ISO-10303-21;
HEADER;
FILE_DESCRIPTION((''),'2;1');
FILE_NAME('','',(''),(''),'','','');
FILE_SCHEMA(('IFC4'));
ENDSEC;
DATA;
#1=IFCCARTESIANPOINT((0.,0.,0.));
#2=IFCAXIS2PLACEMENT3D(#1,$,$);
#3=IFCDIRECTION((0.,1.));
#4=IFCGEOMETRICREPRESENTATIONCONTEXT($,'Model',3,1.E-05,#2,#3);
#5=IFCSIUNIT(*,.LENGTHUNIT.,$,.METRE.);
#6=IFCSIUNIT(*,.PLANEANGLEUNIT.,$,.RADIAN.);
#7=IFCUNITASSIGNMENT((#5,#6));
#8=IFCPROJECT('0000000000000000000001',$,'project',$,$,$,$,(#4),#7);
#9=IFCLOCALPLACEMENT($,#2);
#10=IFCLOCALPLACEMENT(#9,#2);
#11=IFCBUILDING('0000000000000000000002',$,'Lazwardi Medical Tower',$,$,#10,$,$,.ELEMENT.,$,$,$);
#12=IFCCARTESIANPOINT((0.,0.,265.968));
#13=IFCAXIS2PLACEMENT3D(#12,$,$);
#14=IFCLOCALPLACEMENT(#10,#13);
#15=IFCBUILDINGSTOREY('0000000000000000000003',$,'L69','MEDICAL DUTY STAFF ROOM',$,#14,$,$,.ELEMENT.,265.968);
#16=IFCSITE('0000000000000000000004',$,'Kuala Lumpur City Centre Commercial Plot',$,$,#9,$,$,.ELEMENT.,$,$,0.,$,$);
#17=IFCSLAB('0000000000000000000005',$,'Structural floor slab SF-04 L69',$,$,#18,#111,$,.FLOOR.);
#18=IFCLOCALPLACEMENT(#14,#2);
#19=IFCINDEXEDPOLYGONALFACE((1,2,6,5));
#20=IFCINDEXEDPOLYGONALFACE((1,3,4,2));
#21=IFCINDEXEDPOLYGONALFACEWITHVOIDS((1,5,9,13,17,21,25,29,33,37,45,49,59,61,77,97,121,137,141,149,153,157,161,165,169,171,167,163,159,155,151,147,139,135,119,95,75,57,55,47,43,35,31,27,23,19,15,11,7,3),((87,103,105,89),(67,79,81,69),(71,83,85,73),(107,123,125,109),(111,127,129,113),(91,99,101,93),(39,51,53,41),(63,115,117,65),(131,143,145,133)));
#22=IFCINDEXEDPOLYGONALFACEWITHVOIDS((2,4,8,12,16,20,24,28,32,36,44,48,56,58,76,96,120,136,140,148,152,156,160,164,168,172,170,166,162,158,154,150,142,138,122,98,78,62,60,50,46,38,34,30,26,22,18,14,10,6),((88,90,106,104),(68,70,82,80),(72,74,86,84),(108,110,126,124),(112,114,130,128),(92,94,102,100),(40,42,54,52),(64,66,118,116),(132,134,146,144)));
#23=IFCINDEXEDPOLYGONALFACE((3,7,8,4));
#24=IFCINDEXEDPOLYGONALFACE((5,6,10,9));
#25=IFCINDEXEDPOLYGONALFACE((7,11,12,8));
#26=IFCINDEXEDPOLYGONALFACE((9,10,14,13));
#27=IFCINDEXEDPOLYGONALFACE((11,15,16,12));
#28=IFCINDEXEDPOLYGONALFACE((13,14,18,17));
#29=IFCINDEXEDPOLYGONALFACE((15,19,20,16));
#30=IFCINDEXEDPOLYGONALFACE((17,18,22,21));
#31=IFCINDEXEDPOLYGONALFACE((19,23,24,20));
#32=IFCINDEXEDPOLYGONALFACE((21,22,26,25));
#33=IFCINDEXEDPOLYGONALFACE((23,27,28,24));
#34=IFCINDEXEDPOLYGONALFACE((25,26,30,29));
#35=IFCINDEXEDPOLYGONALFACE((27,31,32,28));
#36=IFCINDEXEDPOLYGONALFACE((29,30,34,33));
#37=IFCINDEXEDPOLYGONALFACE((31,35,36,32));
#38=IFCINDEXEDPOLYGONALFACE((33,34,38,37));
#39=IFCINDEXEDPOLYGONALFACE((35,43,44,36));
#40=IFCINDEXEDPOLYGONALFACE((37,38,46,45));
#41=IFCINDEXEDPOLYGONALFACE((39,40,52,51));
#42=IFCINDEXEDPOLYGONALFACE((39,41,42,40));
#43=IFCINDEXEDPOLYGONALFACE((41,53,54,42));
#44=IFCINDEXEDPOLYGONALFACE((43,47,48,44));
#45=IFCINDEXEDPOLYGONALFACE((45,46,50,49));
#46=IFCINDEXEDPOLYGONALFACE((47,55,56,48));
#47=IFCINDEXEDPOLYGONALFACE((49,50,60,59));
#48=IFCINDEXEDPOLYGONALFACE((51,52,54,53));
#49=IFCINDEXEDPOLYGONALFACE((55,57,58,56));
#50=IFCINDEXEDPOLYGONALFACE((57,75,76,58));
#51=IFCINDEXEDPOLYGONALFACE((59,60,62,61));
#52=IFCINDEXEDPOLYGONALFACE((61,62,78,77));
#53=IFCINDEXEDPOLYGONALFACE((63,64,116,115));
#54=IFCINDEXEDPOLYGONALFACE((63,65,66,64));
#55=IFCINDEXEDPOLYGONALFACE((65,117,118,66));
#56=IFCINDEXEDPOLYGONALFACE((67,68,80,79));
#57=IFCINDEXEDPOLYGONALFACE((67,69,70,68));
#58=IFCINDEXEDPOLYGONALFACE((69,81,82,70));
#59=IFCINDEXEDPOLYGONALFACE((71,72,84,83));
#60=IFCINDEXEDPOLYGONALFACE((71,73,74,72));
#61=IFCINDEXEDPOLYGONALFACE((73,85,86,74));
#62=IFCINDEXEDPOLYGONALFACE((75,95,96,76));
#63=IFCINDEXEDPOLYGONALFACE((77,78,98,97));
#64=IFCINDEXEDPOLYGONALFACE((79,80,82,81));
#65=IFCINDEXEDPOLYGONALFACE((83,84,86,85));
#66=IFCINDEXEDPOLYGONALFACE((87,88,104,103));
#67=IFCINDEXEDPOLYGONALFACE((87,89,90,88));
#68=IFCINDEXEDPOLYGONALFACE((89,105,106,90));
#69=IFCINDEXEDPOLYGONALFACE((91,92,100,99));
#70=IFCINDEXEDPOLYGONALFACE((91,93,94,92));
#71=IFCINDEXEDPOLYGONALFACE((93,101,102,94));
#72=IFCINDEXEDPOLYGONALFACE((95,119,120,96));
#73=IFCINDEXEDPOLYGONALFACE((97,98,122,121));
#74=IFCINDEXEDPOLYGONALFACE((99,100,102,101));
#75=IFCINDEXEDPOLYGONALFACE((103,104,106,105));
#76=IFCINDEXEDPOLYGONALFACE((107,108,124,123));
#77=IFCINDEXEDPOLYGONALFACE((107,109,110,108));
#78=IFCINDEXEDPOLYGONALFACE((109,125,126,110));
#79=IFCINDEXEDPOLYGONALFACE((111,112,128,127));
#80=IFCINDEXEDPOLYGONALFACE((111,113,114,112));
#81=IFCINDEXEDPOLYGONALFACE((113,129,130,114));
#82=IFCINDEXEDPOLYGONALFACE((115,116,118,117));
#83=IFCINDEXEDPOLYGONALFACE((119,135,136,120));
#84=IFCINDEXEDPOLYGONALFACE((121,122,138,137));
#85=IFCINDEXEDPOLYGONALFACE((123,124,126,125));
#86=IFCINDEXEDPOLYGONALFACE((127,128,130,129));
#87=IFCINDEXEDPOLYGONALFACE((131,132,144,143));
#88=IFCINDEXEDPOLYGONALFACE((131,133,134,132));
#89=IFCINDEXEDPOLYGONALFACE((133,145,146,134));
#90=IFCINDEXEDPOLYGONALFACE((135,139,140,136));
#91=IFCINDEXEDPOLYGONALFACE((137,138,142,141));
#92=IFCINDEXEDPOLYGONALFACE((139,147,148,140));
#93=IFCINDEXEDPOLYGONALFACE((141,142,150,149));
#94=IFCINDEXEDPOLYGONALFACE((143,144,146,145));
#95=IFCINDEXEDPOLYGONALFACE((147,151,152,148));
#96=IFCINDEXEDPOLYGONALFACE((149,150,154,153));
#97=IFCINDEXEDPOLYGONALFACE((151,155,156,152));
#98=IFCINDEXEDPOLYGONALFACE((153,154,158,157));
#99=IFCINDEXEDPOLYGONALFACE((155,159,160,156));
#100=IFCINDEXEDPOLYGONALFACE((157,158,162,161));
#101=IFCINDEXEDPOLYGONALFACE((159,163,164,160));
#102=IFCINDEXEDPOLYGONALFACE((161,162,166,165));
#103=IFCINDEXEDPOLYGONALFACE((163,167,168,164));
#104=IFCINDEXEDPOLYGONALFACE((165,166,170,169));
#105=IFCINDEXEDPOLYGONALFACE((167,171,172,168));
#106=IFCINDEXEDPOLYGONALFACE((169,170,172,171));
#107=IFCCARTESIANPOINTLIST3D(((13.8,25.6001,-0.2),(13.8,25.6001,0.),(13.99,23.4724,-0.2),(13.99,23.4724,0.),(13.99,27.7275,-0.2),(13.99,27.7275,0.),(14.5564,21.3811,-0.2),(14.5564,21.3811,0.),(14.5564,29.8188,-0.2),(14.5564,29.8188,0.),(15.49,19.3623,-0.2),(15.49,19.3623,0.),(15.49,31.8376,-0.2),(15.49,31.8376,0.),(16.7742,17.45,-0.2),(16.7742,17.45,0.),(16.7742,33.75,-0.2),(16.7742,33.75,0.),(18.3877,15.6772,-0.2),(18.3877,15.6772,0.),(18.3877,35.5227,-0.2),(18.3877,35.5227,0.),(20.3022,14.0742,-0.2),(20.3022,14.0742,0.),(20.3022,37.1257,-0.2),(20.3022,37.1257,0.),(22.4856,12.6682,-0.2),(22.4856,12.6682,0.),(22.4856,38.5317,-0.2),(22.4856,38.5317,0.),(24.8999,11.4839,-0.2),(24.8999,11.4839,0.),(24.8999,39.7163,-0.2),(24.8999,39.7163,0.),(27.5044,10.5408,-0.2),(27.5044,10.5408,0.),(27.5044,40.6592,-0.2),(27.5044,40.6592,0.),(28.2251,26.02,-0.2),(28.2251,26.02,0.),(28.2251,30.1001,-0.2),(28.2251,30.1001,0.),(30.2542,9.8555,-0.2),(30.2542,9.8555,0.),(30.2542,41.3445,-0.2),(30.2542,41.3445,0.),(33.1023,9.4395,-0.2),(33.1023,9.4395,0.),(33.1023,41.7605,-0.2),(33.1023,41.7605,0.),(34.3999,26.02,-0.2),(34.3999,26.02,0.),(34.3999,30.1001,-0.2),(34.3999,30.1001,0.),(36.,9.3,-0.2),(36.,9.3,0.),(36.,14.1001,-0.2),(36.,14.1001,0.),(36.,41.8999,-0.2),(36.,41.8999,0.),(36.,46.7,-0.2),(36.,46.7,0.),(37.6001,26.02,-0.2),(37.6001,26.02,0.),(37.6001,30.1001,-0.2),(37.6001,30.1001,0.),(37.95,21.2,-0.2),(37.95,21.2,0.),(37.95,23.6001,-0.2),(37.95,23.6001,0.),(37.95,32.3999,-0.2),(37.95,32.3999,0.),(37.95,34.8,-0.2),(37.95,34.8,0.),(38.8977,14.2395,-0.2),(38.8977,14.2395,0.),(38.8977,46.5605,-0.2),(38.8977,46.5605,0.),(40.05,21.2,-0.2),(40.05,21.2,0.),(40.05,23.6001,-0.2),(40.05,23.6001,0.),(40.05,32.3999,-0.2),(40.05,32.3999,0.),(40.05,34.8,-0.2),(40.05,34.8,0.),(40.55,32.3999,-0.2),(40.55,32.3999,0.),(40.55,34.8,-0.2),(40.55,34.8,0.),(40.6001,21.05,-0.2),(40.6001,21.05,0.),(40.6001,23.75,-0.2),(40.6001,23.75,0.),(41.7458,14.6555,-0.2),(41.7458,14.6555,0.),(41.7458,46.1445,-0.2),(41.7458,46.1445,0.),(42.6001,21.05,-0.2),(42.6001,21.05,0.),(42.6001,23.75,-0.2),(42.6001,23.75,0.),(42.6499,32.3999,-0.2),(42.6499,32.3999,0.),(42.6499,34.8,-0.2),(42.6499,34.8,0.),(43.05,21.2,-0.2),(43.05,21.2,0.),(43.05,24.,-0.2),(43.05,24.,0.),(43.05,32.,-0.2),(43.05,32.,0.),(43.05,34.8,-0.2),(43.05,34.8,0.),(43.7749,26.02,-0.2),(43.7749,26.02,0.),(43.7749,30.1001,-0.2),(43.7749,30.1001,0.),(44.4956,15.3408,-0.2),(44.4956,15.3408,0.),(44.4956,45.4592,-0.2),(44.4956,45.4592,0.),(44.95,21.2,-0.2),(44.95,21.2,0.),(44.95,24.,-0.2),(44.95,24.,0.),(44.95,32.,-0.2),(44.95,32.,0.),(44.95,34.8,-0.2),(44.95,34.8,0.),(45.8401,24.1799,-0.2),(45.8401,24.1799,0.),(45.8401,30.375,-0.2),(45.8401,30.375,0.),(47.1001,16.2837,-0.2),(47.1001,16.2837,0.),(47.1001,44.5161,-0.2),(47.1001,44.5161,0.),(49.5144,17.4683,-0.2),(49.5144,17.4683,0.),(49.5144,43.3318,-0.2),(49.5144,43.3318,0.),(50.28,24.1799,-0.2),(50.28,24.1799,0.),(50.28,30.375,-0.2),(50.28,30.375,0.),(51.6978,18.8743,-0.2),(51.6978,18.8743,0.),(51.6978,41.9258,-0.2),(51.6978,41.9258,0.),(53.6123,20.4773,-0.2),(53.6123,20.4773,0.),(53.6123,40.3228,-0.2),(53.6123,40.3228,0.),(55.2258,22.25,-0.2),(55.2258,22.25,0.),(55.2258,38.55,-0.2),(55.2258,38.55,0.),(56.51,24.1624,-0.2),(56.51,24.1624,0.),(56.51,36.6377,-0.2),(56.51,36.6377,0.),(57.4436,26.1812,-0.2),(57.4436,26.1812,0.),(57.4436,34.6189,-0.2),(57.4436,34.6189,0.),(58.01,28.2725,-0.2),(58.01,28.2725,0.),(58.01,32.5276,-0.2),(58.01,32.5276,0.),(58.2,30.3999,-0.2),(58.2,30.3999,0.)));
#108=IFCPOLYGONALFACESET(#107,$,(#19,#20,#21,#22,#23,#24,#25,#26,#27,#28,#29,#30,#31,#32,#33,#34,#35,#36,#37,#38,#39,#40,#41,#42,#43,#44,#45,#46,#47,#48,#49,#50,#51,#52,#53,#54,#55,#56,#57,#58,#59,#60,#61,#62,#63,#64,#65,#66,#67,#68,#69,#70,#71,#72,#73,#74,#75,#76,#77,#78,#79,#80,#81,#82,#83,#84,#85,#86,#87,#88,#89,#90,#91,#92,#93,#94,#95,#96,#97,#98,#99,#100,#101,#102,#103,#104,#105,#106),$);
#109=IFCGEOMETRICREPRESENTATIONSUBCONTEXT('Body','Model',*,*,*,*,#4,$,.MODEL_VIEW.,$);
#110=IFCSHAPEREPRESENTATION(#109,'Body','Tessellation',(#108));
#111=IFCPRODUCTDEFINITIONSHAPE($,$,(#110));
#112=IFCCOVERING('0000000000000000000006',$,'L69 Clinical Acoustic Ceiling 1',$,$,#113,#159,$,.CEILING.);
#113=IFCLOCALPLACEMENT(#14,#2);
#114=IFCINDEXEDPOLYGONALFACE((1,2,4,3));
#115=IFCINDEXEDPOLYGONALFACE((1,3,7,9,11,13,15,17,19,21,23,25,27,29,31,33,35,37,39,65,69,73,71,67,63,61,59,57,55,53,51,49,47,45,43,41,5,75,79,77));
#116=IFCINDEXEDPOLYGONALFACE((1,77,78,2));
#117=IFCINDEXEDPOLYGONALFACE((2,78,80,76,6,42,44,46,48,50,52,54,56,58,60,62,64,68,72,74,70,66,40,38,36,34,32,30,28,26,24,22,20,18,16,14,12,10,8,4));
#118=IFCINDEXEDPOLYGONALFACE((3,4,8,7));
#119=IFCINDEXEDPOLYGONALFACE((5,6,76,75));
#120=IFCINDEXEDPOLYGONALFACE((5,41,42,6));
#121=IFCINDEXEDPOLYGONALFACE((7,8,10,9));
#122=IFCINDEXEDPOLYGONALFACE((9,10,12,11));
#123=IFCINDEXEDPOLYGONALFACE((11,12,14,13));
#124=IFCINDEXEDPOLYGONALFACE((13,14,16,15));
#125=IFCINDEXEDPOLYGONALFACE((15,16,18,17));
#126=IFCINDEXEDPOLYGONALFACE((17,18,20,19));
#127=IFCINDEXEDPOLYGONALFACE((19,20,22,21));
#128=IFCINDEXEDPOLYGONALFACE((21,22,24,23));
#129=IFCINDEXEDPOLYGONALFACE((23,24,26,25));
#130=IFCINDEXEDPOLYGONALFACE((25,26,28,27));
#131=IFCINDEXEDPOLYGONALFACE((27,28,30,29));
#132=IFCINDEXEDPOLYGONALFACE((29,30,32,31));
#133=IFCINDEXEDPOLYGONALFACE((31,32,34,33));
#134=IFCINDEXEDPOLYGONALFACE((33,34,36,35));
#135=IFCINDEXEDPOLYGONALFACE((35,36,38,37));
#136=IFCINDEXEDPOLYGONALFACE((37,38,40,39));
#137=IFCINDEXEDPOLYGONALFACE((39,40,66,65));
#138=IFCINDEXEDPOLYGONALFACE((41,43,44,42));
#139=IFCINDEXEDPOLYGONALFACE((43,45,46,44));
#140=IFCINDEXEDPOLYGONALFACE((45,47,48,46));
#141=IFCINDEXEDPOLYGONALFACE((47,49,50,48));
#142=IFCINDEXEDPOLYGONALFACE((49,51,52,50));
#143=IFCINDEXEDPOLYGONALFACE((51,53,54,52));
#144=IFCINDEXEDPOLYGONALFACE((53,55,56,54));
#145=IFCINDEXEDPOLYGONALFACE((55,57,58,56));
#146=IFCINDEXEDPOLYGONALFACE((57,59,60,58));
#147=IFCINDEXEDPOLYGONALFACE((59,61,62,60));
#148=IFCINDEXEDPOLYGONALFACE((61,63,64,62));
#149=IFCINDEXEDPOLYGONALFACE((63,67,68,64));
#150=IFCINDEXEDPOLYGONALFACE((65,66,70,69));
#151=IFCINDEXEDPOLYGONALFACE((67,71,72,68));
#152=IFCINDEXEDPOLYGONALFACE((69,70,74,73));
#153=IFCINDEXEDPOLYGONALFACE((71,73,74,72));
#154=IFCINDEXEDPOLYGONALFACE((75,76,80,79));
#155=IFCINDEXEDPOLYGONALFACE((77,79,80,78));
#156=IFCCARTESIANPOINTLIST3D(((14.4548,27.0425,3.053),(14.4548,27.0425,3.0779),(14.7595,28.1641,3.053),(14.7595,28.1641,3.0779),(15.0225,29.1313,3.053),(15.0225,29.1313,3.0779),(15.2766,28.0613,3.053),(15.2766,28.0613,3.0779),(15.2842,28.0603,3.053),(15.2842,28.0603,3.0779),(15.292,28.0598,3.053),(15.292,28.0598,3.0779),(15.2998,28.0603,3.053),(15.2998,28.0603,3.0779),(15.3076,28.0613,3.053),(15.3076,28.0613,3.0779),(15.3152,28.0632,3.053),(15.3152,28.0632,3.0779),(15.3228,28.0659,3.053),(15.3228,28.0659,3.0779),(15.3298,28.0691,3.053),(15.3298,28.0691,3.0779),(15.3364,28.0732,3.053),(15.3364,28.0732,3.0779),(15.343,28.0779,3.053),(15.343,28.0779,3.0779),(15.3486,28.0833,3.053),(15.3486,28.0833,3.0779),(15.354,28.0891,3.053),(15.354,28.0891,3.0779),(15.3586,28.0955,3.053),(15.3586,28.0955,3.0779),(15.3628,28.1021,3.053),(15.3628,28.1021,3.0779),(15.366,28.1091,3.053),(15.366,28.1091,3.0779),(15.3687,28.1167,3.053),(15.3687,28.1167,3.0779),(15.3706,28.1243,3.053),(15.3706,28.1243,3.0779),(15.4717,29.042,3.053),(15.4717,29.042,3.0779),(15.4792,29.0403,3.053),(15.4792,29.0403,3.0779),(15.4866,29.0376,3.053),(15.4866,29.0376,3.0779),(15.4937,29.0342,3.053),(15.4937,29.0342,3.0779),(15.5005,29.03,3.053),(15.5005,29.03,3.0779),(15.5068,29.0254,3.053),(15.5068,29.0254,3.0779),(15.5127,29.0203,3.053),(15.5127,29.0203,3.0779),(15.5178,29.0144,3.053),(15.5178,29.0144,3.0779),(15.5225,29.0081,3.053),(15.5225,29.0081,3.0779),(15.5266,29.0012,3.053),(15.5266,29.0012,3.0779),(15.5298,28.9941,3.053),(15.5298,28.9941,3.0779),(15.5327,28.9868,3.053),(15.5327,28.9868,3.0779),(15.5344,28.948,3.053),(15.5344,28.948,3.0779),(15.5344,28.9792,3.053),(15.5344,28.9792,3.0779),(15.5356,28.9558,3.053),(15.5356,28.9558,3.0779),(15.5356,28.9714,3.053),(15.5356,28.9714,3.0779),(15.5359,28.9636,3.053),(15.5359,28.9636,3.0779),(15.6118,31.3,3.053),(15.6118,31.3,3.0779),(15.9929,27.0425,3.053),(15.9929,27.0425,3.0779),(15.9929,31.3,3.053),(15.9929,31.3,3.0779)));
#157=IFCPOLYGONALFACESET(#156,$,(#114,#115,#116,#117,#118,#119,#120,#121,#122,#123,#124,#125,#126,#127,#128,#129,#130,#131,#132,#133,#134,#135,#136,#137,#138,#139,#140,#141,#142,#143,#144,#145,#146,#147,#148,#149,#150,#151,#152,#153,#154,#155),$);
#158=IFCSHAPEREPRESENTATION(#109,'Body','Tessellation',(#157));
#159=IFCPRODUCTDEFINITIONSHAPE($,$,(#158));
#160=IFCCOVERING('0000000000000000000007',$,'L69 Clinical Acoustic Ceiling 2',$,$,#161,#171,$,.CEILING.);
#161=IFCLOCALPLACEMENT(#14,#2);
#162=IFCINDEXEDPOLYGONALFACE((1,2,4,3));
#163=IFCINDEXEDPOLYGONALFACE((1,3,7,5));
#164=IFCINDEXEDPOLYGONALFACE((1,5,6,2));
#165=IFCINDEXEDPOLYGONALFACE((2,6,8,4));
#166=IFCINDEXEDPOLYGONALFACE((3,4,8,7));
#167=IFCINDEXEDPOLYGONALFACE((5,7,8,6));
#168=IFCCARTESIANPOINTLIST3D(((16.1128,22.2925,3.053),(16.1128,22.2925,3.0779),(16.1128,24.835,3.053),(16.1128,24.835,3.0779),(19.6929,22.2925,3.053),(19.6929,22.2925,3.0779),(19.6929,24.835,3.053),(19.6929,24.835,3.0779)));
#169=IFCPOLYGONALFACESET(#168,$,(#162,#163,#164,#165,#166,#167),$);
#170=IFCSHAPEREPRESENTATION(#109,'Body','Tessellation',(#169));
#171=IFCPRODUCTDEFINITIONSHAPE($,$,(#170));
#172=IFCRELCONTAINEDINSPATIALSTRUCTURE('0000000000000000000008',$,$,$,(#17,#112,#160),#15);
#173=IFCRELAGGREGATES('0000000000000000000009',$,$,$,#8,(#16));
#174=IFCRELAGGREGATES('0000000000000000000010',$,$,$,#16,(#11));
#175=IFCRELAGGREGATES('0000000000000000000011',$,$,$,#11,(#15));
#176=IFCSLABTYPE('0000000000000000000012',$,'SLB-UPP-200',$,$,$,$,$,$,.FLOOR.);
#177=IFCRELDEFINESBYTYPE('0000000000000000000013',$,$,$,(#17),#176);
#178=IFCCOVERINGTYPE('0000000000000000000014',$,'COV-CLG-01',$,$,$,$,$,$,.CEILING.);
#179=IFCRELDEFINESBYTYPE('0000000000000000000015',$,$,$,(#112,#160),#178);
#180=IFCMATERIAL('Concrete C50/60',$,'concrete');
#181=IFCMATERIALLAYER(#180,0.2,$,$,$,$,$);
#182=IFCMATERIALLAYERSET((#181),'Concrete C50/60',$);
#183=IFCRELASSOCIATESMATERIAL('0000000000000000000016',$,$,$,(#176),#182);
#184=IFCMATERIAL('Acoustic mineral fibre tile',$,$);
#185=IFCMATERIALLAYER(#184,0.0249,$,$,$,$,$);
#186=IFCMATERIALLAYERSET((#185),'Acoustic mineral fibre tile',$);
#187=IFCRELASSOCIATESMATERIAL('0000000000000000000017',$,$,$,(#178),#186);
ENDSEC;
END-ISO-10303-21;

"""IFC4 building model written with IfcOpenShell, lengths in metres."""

from ifc_helpers import new_model, si_unit, direction, frame, origin, place, context, subcontext, project, spatial, polyline, outline, extrude, material, layer, layer_set, type_object, element, save


model = new_model("IFC4")

# Units and contexts
model_context = context("Model", 3, precision=1e-05, world=origin(), true_north=direction((0.0, 1.0)))
body_context = subcontext(model_context, "Body", "Model", "MODEL_VIEW")
ifc_project = project(units=[si_unit("LENGTHUNIT", "METRE"), si_unit("PLANEANGLEUNIT", "RADIAN")], contexts=[model_context])

# Site, building, storey
site_placement = place(None, origin())
site = spatial("IfcSite", under=ifc_project, at=site_placement, Name="Kuala Lumpur City Centre Commercial Plot", CompositionType="ELEMENT", RefElevation=0.0)
building_placement = place(site_placement, origin())
building = spatial("IfcBuilding", under=site, at=building_placement, Name="Lazwardi Medical Tower", CompositionType="ELEMENT")
storey_placement = place(building_placement, frame((0.0, 0.0, 265.968)))
storey = spatial("IfcBuildingStorey", under=building, at=storey_placement, Name="L69", Description="MEDICAL DUTY STAFF ROOM", CompositionType="ELEMENT", Elevation=265.968)

# Slab
ifc_material_1 = material(Name="Concrete C50/60", Category="concrete")
ifc_layer_1 = layer(ifc_material_1, 0.2)
ifc_layer_set_1 = layer_set([ifc_layer_1], Name="Concrete C50/60")
slab_type = type_object("IfcSlabType", Name="SLB-UPP-200", PredefinedType="FLOOR", material=ifc_layer_set_1)
slab_placement = place(storey_placement, frame((0.0, 0.0, -0.2)))
element("IfcSlab", 1, at=slab_placement, inside=storey, type_object=slab_type, Name="Structural floor slab SF-04 L69", PredefinedType="FLOOR", context=body_context, shape_type="SweptSolid", body=[
    extrude(outline(polyline([(18.3877, 15.6772), (20.3022, 14.0742), (22.4856, 12.6682), (24.8999, 11.4839), (27.5044, 10.5408), (30.2542, 9.8555), (33.1023, 9.4395), (36.0, 9.3), (36.0, 14.1001), (38.8977, 14.2395), (41.7458, 14.6555), (44.4956, 15.3408), (47.1001, 16.2837), (49.5144, 17.4683), (51.6978, 18.8743), (53.6123, 20.4773), (55.2258, 22.25), (56.51, 24.1624), (57.4436, 26.1812), (58.01, 28.2725), (58.2, 30.3999), (58.01, 32.5276), (57.4436, 34.6189), (56.51, 36.6377), (55.2258, 38.55), (53.6123, 40.3228), (51.6978, 41.9258), (49.5144, 43.3318), (47.1001, 44.5161), (44.4956, 45.4592), (41.7458, 46.1445), (38.8977, 46.5605), (36.0, 46.7), (36.0, 41.8999), (33.1023, 41.7605), (30.2542, 41.3445), (27.5044, 40.6592), (24.8999, 39.7163), (22.4856, 38.5317), (20.3022, 37.1257), (18.3877, 35.5227), (16.7742, 33.75), (15.49, 31.8376), (14.5564, 29.8188), (13.99, 27.7275), (13.8, 25.6001), (13.99, 23.4724), (14.5564, 21.3811), (15.49, 19.3623), (16.7742, 17.45), (18.3877, 15.6772)]), holes=[polyline([(28.2251, 26.02), (28.2251, 30.1001), (34.3999, 30.1001), (34.3999, 26.02), (28.2251, 26.02)]), polyline([(37.6001, 30.1001), (43.7749, 30.1001), (43.7749, 26.02), (37.6001, 26.02), (37.6001, 30.1001)]), polyline([(50.28, 30.375), (50.28, 24.1799), (45.8401, 24.1799), (45.8401, 30.375), (50.28, 30.375)]), polyline([(40.05, 32.3999), (37.95, 32.3999), (37.95, 34.8), (40.05, 34.8), (40.05, 32.3999)]), polyline([(40.55, 32.3999), (40.55, 34.8), (42.6499, 34.8), (42.6499, 32.3999), (40.55, 32.3999)]), polyline([(37.95, 23.6001), (40.05, 23.6001), (40.05, 21.2), (37.95, 21.2), (37.95, 23.6001)]), polyline([(44.95, 34.8), (44.95, 32.0), (43.05, 32.0), (43.05, 34.8), (44.95, 34.8)]), polyline([(44.95, 21.2), (43.05, 21.2), (43.05, 24.0), (44.95, 24.0), (44.95, 21.2)]), polyline([(40.6001, 21.05), (40.6001, 23.75), (42.6001, 23.75), (42.6001, 21.05), (40.6001, 21.05)])]), origin(), (0.0, 0.0, 1.0), 0.2),
])

# Coverings
ifc_material_2 = material(Name="Acoustic mineral fibre tile")
ifc_layer_2 = layer(ifc_material_2, 0.0249)
ifc_layer_set_2 = layer_set([ifc_layer_2], Name="Acoustic mineral fibre tile")
covering_type_1 = type_object("IfcCoveringType", Name="COV-CLG-01", PredefinedType="CEILING", material=ifc_layer_set_2)
covering_1_placement = place(storey_placement, frame((0.0, 0.0, 3.053)))
element("IfcCovering", 2, at=covering_1_placement, inside=storey, type_object=covering_type_1, Name="L69 Clinical Acoustic Ceiling 1", PredefinedType="CEILING", context=body_context, shape_type="SweptSolid", body=[
    extrude(outline(polyline([(15.9929, 31.3), (15.6118, 31.3), (15.0225, 29.1313), (15.4717, 29.042), (15.4792, 29.0403), (15.4866, 29.0376), (15.4937, 29.0342), (15.5005, 29.03), (15.5068, 29.0254), (15.5127, 29.0203), (15.5178, 29.0144), (15.5225, 29.0081), (15.5266, 29.0012), (15.5298, 28.9941), (15.5327, 28.9868), (15.5344, 28.9792), (15.5356, 28.9714), (15.5359, 28.9636), (15.5356, 28.9558), (15.5344, 28.948), (15.3706, 28.1243), (15.3687, 28.1167), (15.366, 28.1091), (15.3628, 28.1021), (15.3586, 28.0955), (15.354, 28.0891), (15.3486, 28.0833), (15.343, 28.0779), (15.3364, 28.0732), (15.3298, 28.0691), (15.3228, 28.0659), (15.3152, 28.0632), (15.3076, 28.0613), (15.2998, 28.0603), (15.292, 28.0598), (15.2842, 28.0603), (15.2766, 28.0613), (14.7595, 28.1641), (14.4548, 27.0425), (15.9929, 27.0425), (15.9929, 31.3)])), origin(), (0.0, 0.0, 1.0), 0.0249),
])
covering_2_placement = place(storey_placement, frame((0.0, 0.0, 3.053)))
element("IfcCovering", 3, at=covering_2_placement, inside=storey, type_object=covering_type_1, Name="L69 Clinical Acoustic Ceiling 2", PredefinedType="CEILING", context=body_context, shape_type="SweptSolid", body=[
    extrude(outline(polyline([(19.6929, 24.835), (16.1128, 24.835), (16.1128, 22.2925), (19.6929, 22.2925), (19.6929, 24.835)])), origin(), (0.0, 0.0, 1.0), 0.0249),
])

save(model, "model.ifc")
